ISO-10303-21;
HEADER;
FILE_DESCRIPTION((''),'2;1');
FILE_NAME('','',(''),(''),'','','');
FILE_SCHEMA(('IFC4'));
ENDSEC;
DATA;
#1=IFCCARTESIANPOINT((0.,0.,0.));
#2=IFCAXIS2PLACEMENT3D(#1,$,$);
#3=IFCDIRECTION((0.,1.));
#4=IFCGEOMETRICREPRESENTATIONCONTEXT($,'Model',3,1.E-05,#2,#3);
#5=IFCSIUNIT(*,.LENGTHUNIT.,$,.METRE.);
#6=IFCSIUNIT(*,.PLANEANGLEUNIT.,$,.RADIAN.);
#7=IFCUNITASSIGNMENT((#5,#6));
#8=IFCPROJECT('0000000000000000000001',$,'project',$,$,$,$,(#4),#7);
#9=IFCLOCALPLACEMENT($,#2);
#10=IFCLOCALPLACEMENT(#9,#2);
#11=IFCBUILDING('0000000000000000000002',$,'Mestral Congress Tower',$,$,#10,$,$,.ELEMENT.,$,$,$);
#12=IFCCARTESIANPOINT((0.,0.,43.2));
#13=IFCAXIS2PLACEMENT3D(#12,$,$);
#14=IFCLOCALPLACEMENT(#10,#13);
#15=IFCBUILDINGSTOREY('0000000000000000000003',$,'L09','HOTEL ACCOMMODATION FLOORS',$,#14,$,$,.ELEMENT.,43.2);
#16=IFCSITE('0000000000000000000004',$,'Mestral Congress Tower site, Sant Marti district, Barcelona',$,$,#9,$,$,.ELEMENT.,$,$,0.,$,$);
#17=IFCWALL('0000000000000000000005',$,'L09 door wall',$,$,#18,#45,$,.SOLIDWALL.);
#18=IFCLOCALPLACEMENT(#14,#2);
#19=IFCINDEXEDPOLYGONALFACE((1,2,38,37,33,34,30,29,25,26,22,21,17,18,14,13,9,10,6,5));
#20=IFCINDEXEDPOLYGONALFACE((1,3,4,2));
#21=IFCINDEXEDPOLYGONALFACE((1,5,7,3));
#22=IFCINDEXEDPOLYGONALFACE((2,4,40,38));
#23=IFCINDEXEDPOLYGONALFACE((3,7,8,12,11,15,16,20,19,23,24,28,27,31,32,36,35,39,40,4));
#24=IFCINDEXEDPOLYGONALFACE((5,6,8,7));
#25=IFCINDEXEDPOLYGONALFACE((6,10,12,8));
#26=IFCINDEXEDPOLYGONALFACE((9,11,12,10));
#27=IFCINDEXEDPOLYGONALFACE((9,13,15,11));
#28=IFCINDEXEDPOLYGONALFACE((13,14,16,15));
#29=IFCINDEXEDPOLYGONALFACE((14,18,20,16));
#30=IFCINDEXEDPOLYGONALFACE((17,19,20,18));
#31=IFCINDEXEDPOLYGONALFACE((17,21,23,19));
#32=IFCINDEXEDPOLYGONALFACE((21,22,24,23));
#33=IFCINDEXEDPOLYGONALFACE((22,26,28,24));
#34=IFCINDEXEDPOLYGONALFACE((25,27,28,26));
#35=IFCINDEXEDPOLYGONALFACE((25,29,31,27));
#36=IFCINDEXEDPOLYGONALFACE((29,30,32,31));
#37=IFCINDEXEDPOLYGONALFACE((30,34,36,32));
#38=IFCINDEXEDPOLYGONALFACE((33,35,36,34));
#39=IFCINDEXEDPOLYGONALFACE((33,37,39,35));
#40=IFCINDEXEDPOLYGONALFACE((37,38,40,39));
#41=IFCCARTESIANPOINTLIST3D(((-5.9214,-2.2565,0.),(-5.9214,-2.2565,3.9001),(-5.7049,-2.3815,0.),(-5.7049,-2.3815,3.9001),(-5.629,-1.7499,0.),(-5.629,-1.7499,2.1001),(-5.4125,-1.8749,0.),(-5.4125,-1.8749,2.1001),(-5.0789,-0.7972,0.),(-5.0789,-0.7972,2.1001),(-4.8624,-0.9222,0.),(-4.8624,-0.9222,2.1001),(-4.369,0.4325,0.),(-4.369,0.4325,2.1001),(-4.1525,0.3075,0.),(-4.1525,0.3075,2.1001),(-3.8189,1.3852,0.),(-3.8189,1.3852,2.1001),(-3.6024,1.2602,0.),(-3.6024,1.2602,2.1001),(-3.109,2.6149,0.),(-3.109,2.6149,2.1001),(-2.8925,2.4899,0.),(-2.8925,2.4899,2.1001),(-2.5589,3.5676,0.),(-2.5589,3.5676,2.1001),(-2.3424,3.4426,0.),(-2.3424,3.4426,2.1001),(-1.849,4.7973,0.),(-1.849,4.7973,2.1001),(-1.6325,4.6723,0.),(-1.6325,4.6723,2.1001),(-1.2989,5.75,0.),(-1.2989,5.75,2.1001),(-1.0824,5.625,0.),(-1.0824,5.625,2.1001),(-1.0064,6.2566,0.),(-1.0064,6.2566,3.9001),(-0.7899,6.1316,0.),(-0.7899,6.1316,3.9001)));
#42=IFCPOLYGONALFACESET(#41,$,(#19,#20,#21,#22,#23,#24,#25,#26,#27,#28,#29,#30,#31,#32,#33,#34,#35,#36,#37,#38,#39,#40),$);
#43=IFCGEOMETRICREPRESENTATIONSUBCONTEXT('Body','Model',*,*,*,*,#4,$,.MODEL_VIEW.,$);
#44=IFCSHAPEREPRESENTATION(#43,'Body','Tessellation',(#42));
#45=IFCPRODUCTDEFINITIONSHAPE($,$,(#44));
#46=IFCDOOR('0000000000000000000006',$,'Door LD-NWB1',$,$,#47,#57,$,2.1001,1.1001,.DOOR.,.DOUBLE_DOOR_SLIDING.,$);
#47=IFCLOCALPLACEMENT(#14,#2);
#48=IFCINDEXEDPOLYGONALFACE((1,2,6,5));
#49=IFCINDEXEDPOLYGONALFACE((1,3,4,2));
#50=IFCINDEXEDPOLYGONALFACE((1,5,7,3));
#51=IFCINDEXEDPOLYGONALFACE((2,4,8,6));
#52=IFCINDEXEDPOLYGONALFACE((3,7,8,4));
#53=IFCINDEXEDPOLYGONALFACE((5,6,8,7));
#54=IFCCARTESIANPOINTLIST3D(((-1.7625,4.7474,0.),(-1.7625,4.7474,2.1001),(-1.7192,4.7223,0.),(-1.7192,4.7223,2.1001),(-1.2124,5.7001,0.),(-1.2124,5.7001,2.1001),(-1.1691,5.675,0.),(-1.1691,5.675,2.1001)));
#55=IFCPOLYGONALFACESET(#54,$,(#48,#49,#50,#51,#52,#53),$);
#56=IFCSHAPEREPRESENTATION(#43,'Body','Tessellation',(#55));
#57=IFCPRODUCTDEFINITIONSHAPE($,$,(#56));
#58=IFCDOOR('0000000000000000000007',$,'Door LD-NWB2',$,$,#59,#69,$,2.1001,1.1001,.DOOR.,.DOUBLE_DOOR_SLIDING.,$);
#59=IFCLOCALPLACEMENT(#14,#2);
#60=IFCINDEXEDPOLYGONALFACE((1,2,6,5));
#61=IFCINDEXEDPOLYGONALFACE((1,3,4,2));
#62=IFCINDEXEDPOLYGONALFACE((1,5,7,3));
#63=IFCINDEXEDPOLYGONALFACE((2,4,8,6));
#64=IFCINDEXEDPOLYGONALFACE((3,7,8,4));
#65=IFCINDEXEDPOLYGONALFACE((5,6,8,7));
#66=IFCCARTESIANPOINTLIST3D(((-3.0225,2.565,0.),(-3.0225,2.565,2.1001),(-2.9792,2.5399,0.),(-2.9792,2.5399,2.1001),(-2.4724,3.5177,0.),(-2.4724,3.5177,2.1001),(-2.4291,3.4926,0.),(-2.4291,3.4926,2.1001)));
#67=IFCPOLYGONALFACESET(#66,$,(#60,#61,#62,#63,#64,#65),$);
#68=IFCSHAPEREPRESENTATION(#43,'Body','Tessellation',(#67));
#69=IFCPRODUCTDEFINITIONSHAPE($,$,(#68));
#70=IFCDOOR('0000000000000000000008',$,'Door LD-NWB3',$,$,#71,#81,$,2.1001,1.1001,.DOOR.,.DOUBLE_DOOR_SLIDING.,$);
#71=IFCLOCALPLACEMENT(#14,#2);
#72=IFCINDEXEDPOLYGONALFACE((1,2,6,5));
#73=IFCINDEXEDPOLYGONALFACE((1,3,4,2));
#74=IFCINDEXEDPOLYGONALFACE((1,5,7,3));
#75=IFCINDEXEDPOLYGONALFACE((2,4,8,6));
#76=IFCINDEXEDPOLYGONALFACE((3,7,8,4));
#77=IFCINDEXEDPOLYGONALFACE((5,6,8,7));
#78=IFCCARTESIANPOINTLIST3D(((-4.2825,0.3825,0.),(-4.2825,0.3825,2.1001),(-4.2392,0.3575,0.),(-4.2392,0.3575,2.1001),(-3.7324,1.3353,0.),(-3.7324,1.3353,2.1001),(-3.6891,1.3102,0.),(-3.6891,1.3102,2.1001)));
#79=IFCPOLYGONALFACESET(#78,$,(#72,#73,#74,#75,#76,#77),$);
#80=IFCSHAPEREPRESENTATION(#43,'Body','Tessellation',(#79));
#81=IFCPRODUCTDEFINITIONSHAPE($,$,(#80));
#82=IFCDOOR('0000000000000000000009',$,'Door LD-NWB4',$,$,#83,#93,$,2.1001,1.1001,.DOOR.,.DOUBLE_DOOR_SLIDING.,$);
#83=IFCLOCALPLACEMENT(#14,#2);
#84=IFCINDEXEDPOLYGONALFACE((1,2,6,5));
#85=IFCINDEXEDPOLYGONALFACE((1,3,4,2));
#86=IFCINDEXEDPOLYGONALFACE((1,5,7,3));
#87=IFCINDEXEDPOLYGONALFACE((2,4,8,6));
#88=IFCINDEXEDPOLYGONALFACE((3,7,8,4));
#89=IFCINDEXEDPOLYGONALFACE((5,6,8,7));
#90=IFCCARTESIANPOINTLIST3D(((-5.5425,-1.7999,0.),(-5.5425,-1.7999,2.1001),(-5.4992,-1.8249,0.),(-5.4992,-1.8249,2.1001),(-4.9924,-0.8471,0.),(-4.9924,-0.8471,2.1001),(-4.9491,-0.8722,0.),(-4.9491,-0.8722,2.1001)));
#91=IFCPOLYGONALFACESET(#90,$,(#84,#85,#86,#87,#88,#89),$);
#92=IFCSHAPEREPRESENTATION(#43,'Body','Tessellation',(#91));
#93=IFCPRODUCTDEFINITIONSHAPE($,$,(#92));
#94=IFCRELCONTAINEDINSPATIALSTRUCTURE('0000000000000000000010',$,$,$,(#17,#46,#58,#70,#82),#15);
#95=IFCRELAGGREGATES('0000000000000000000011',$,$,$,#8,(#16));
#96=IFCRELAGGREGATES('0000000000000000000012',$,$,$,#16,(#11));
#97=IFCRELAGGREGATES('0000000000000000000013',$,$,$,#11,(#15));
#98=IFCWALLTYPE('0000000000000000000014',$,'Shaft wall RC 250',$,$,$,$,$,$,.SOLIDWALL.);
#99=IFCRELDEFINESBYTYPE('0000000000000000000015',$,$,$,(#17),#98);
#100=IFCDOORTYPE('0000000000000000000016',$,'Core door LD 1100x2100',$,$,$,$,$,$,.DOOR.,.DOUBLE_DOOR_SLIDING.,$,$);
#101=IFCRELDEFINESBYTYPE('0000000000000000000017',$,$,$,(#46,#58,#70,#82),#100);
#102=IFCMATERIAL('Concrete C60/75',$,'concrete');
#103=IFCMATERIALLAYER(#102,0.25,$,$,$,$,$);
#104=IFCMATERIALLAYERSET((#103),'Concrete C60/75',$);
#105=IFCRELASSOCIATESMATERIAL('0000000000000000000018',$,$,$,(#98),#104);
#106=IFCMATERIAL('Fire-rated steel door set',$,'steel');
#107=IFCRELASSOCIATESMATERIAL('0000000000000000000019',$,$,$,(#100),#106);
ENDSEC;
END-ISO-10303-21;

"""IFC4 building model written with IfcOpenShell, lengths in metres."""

from ifc_helpers import new_model, si_unit, direction, frame, frame_2d, origin, place, context, subcontext, project, spatial, rectangle, extrude, material, layer, layer_set, type_object, element, fill, save


model = new_model("IFC4")

# Units and contexts
model_context = context("Model", 3, precision=1e-05, world=origin(), true_north=direction((0.0, 1.0)))
body_context = subcontext(model_context, "Body", "Model", "MODEL_VIEW")
ifc_project = project(units=[si_unit("LENGTHUNIT", "METRE"), si_unit("PLANEANGLEUNIT", "RADIAN")], contexts=[model_context])

# Site, building, storey
site_placement = place(None, origin())
site = spatial("IfcSite", under=ifc_project, at=site_placement, Name="Mestral Congress Tower site, Sant Marti district, Barcelona", CompositionType="ELEMENT", RefElevation=0.0)
building_placement = place(site_placement, origin())
building = spatial("IfcBuilding", under=site, at=building_placement, Name="Mestral Congress Tower", CompositionType="ELEMENT")
storey_placement = place(building_placement, frame((0.0, 0.0, 43.2)))
storey = spatial("IfcBuildingStorey", under=building, at=storey_placement, Name="L09", Description="HOTEL ACCOMMODATION FLOORS", CompositionType="ELEMENT", Elevation=43.2)

# Shared definitions
ifc_material_1 = material(Name="Concrete C60/75", Category="concrete")

# Shared definitions
ifc_layer_1 = layer(ifc_material_1, 0.25)
ifc_layer_set_1 = layer_set([ifc_layer_1], Name="Concrete C60/75")
wall_type_1 = type_object("IfcWallType", Name="Shaft wall RC 250", PredefinedType="SOLIDWALL", material=ifc_layer_set_1)

# Wall, openings, doors
wall_1_placement = place(storey_placement, frame((-0.8982, 6.1941, 0.0), z_axis=(0.0, 0.0, 1.0), x_axis=(-0.499996, -0.866028, 0.0)))
wall_1 = element("IfcWall", 1, at=wall_1_placement, inside=storey, type_object=wall_type_1, Name="L09 door wall", PredefinedType="SOLIDWALL", context=body_context, shape_type="SweptSolid", body=[
    extrude(rectangle(XDim=9.8301, YDim=0.25, at=frame_2d((4.915, 0.0))), origin(), (0.0, 0.0, 1.0), 3.9001),
])
opening_1_placement = place(wall_1_placement, frame((0.585, 0.0, 0.0)))
opening_1 = element("IfcOpeningElement", 2, at=opening_1_placement, cuts=wall_1, PredefinedType="OPENING", context=body_context, shape_type="SweptSolid", body=[
    extrude(rectangle(XDim=1.1001, YDim=2.1001, at=frame_2d((0.55, 1.05))), frame((0.0, 0.135, 0.0), z_axis=(0.0, -1.0, 0.0), x_axis=(1.0, 0.0, 0.0)), (0.0, 0.0, 1.0), 0.27),
])
opening_2_placement = place(wall_1_placement, frame((3.105, 0.0, 0.0)))
opening_2 = element("IfcOpeningElement", 3, at=opening_2_placement, cuts=wall_1, PredefinedType="OPENING", context=body_context, shape_type="SweptSolid", body=[
    extrude(rectangle(XDim=1.1001, YDim=2.1001, at=frame_2d((0.55, 1.05))), frame((0.0, 0.135, 0.0), z_axis=(0.0, -1.0, 0.0), x_axis=(1.0, 0.0, 0.0)), (0.0, 0.0, 1.0), 0.27),
])
opening_3_placement = place(wall_1_placement, frame((5.625, 0.0, 0.0)))
opening_3 = element("IfcOpeningElement", 4, at=opening_3_placement, cuts=wall_1, PredefinedType="OPENING", context=body_context, shape_type="SweptSolid", body=[
    extrude(rectangle(XDim=1.1001, YDim=2.1001, at=frame_2d((0.55, 1.05))), frame((0.0, 0.135, 0.0), z_axis=(0.0, -1.0, 0.0), x_axis=(1.0, 0.0, 0.0)), (0.0, 0.0, 1.0), 0.27),
])
opening_4_placement = place(wall_1_placement, frame((8.145, 0.0, 0.0)))
opening_4 = element("IfcOpeningElement", 5, at=opening_4_placement, cuts=wall_1, PredefinedType="OPENING", context=body_context, shape_type="SweptSolid", body=[
    extrude(rectangle(XDim=1.1001, YDim=2.1001, at=frame_2d((0.55, 1.05))), frame((0.0, 0.135, 0.0), z_axis=(0.0, -1.0, 0.0), x_axis=(1.0, 0.0, 0.0)), (0.0, 0.0, 1.0), 0.27),
])
ifc_material_2 = material(Name="Fire-rated steel door set", Category="steel")
door_type = type_object("IfcDoorType", Name="Core door LD 1100x2100", OperationType="DOUBLE_DOOR_SLIDING", PredefinedType="DOOR", material=ifc_material_2)
door_1_placement = place(opening_1_placement, origin())
door_1 = element("IfcDoor", 6, at=door_1_placement, inside=storey, type_object=door_type, Name="Door LD-NWB1", OperationType="DOUBLE_DOOR_SLIDING", OverallHeight=2.1001, OverallWidth=1.1001, PredefinedType="DOOR", context=body_context, shape_type="SweptSolid", body=[
    extrude(rectangle(XDim=1.1001, YDim=2.1001, at=frame_2d((0.55, 1.05))), frame((0.0, 0.0249, 0.0), z_axis=(0.0, -1.0, 0.0), x_axis=(1.0, 0.0, 0.0)), (0.0, 0.0, 1.0), 0.05),
])
fill(opening_1, door_1)
door_2_placement = place(opening_2_placement, origin())
door_2 = element("IfcDoor", 7, at=door_2_placement, inside=storey, type_object=door_type, Name="Door LD-NWB2", OperationType="DOUBLE_DOOR_SLIDING", OverallHeight=2.1001, OverallWidth=1.1001, PredefinedType="DOOR", context=body_context, shape_type="SweptSolid", body=[
    extrude(rectangle(XDim=1.1001, YDim=2.1001, at=frame_2d((0.55, 1.05))), frame((0.0, 0.0249, 0.0), z_axis=(0.0, -1.0, 0.0), x_axis=(1.0, 0.0, 0.0)), (0.0, 0.0, 1.0), 0.05),
])
fill(opening_2, door_2)
door_3_placement = place(opening_3_placement, origin())
door_3 = element("IfcDoor", 8, at=door_3_placement, inside=storey, type_object=door_type, Name="Door LD-NWB3", OperationType="DOUBLE_DOOR_SLIDING", OverallHeight=2.1001, OverallWidth=1.1001, PredefinedType="DOOR", context=body_context, shape_type="SweptSolid", body=[
    extrude(rectangle(XDim=1.1001, YDim=2.1001, at=frame_2d((0.55, 1.05))), frame((0.0, 0.0249, 0.0), z_axis=(0.0, -1.0, 0.0), x_axis=(1.0, 0.0, 0.0)), (0.0, 0.0, 1.0), 0.05),
])
fill(opening_3, door_3)
door_4_placement = place(opening_4_placement, origin())
door_4 = element("IfcDoor", 9, at=door_4_placement, inside=storey, type_object=door_type, Name="Door LD-NWB4", OperationType="DOUBLE_DOOR_SLIDING", OverallHeight=2.1001, OverallWidth=1.1001, PredefinedType="DOOR", context=body_context, shape_type="SweptSolid", body=[
    extrude(rectangle(XDim=1.1001, YDim=2.1001, at=frame_2d((0.55, 1.05))), frame((0.0, 0.0249, 0.0), z_axis=(0.0, -1.0, 0.0), x_axis=(1.0, 0.0, 0.0)), (0.0, 0.0, 1.0), 0.05),
])
fill(opening_4, door_4)

save(model, "model.ifc")
